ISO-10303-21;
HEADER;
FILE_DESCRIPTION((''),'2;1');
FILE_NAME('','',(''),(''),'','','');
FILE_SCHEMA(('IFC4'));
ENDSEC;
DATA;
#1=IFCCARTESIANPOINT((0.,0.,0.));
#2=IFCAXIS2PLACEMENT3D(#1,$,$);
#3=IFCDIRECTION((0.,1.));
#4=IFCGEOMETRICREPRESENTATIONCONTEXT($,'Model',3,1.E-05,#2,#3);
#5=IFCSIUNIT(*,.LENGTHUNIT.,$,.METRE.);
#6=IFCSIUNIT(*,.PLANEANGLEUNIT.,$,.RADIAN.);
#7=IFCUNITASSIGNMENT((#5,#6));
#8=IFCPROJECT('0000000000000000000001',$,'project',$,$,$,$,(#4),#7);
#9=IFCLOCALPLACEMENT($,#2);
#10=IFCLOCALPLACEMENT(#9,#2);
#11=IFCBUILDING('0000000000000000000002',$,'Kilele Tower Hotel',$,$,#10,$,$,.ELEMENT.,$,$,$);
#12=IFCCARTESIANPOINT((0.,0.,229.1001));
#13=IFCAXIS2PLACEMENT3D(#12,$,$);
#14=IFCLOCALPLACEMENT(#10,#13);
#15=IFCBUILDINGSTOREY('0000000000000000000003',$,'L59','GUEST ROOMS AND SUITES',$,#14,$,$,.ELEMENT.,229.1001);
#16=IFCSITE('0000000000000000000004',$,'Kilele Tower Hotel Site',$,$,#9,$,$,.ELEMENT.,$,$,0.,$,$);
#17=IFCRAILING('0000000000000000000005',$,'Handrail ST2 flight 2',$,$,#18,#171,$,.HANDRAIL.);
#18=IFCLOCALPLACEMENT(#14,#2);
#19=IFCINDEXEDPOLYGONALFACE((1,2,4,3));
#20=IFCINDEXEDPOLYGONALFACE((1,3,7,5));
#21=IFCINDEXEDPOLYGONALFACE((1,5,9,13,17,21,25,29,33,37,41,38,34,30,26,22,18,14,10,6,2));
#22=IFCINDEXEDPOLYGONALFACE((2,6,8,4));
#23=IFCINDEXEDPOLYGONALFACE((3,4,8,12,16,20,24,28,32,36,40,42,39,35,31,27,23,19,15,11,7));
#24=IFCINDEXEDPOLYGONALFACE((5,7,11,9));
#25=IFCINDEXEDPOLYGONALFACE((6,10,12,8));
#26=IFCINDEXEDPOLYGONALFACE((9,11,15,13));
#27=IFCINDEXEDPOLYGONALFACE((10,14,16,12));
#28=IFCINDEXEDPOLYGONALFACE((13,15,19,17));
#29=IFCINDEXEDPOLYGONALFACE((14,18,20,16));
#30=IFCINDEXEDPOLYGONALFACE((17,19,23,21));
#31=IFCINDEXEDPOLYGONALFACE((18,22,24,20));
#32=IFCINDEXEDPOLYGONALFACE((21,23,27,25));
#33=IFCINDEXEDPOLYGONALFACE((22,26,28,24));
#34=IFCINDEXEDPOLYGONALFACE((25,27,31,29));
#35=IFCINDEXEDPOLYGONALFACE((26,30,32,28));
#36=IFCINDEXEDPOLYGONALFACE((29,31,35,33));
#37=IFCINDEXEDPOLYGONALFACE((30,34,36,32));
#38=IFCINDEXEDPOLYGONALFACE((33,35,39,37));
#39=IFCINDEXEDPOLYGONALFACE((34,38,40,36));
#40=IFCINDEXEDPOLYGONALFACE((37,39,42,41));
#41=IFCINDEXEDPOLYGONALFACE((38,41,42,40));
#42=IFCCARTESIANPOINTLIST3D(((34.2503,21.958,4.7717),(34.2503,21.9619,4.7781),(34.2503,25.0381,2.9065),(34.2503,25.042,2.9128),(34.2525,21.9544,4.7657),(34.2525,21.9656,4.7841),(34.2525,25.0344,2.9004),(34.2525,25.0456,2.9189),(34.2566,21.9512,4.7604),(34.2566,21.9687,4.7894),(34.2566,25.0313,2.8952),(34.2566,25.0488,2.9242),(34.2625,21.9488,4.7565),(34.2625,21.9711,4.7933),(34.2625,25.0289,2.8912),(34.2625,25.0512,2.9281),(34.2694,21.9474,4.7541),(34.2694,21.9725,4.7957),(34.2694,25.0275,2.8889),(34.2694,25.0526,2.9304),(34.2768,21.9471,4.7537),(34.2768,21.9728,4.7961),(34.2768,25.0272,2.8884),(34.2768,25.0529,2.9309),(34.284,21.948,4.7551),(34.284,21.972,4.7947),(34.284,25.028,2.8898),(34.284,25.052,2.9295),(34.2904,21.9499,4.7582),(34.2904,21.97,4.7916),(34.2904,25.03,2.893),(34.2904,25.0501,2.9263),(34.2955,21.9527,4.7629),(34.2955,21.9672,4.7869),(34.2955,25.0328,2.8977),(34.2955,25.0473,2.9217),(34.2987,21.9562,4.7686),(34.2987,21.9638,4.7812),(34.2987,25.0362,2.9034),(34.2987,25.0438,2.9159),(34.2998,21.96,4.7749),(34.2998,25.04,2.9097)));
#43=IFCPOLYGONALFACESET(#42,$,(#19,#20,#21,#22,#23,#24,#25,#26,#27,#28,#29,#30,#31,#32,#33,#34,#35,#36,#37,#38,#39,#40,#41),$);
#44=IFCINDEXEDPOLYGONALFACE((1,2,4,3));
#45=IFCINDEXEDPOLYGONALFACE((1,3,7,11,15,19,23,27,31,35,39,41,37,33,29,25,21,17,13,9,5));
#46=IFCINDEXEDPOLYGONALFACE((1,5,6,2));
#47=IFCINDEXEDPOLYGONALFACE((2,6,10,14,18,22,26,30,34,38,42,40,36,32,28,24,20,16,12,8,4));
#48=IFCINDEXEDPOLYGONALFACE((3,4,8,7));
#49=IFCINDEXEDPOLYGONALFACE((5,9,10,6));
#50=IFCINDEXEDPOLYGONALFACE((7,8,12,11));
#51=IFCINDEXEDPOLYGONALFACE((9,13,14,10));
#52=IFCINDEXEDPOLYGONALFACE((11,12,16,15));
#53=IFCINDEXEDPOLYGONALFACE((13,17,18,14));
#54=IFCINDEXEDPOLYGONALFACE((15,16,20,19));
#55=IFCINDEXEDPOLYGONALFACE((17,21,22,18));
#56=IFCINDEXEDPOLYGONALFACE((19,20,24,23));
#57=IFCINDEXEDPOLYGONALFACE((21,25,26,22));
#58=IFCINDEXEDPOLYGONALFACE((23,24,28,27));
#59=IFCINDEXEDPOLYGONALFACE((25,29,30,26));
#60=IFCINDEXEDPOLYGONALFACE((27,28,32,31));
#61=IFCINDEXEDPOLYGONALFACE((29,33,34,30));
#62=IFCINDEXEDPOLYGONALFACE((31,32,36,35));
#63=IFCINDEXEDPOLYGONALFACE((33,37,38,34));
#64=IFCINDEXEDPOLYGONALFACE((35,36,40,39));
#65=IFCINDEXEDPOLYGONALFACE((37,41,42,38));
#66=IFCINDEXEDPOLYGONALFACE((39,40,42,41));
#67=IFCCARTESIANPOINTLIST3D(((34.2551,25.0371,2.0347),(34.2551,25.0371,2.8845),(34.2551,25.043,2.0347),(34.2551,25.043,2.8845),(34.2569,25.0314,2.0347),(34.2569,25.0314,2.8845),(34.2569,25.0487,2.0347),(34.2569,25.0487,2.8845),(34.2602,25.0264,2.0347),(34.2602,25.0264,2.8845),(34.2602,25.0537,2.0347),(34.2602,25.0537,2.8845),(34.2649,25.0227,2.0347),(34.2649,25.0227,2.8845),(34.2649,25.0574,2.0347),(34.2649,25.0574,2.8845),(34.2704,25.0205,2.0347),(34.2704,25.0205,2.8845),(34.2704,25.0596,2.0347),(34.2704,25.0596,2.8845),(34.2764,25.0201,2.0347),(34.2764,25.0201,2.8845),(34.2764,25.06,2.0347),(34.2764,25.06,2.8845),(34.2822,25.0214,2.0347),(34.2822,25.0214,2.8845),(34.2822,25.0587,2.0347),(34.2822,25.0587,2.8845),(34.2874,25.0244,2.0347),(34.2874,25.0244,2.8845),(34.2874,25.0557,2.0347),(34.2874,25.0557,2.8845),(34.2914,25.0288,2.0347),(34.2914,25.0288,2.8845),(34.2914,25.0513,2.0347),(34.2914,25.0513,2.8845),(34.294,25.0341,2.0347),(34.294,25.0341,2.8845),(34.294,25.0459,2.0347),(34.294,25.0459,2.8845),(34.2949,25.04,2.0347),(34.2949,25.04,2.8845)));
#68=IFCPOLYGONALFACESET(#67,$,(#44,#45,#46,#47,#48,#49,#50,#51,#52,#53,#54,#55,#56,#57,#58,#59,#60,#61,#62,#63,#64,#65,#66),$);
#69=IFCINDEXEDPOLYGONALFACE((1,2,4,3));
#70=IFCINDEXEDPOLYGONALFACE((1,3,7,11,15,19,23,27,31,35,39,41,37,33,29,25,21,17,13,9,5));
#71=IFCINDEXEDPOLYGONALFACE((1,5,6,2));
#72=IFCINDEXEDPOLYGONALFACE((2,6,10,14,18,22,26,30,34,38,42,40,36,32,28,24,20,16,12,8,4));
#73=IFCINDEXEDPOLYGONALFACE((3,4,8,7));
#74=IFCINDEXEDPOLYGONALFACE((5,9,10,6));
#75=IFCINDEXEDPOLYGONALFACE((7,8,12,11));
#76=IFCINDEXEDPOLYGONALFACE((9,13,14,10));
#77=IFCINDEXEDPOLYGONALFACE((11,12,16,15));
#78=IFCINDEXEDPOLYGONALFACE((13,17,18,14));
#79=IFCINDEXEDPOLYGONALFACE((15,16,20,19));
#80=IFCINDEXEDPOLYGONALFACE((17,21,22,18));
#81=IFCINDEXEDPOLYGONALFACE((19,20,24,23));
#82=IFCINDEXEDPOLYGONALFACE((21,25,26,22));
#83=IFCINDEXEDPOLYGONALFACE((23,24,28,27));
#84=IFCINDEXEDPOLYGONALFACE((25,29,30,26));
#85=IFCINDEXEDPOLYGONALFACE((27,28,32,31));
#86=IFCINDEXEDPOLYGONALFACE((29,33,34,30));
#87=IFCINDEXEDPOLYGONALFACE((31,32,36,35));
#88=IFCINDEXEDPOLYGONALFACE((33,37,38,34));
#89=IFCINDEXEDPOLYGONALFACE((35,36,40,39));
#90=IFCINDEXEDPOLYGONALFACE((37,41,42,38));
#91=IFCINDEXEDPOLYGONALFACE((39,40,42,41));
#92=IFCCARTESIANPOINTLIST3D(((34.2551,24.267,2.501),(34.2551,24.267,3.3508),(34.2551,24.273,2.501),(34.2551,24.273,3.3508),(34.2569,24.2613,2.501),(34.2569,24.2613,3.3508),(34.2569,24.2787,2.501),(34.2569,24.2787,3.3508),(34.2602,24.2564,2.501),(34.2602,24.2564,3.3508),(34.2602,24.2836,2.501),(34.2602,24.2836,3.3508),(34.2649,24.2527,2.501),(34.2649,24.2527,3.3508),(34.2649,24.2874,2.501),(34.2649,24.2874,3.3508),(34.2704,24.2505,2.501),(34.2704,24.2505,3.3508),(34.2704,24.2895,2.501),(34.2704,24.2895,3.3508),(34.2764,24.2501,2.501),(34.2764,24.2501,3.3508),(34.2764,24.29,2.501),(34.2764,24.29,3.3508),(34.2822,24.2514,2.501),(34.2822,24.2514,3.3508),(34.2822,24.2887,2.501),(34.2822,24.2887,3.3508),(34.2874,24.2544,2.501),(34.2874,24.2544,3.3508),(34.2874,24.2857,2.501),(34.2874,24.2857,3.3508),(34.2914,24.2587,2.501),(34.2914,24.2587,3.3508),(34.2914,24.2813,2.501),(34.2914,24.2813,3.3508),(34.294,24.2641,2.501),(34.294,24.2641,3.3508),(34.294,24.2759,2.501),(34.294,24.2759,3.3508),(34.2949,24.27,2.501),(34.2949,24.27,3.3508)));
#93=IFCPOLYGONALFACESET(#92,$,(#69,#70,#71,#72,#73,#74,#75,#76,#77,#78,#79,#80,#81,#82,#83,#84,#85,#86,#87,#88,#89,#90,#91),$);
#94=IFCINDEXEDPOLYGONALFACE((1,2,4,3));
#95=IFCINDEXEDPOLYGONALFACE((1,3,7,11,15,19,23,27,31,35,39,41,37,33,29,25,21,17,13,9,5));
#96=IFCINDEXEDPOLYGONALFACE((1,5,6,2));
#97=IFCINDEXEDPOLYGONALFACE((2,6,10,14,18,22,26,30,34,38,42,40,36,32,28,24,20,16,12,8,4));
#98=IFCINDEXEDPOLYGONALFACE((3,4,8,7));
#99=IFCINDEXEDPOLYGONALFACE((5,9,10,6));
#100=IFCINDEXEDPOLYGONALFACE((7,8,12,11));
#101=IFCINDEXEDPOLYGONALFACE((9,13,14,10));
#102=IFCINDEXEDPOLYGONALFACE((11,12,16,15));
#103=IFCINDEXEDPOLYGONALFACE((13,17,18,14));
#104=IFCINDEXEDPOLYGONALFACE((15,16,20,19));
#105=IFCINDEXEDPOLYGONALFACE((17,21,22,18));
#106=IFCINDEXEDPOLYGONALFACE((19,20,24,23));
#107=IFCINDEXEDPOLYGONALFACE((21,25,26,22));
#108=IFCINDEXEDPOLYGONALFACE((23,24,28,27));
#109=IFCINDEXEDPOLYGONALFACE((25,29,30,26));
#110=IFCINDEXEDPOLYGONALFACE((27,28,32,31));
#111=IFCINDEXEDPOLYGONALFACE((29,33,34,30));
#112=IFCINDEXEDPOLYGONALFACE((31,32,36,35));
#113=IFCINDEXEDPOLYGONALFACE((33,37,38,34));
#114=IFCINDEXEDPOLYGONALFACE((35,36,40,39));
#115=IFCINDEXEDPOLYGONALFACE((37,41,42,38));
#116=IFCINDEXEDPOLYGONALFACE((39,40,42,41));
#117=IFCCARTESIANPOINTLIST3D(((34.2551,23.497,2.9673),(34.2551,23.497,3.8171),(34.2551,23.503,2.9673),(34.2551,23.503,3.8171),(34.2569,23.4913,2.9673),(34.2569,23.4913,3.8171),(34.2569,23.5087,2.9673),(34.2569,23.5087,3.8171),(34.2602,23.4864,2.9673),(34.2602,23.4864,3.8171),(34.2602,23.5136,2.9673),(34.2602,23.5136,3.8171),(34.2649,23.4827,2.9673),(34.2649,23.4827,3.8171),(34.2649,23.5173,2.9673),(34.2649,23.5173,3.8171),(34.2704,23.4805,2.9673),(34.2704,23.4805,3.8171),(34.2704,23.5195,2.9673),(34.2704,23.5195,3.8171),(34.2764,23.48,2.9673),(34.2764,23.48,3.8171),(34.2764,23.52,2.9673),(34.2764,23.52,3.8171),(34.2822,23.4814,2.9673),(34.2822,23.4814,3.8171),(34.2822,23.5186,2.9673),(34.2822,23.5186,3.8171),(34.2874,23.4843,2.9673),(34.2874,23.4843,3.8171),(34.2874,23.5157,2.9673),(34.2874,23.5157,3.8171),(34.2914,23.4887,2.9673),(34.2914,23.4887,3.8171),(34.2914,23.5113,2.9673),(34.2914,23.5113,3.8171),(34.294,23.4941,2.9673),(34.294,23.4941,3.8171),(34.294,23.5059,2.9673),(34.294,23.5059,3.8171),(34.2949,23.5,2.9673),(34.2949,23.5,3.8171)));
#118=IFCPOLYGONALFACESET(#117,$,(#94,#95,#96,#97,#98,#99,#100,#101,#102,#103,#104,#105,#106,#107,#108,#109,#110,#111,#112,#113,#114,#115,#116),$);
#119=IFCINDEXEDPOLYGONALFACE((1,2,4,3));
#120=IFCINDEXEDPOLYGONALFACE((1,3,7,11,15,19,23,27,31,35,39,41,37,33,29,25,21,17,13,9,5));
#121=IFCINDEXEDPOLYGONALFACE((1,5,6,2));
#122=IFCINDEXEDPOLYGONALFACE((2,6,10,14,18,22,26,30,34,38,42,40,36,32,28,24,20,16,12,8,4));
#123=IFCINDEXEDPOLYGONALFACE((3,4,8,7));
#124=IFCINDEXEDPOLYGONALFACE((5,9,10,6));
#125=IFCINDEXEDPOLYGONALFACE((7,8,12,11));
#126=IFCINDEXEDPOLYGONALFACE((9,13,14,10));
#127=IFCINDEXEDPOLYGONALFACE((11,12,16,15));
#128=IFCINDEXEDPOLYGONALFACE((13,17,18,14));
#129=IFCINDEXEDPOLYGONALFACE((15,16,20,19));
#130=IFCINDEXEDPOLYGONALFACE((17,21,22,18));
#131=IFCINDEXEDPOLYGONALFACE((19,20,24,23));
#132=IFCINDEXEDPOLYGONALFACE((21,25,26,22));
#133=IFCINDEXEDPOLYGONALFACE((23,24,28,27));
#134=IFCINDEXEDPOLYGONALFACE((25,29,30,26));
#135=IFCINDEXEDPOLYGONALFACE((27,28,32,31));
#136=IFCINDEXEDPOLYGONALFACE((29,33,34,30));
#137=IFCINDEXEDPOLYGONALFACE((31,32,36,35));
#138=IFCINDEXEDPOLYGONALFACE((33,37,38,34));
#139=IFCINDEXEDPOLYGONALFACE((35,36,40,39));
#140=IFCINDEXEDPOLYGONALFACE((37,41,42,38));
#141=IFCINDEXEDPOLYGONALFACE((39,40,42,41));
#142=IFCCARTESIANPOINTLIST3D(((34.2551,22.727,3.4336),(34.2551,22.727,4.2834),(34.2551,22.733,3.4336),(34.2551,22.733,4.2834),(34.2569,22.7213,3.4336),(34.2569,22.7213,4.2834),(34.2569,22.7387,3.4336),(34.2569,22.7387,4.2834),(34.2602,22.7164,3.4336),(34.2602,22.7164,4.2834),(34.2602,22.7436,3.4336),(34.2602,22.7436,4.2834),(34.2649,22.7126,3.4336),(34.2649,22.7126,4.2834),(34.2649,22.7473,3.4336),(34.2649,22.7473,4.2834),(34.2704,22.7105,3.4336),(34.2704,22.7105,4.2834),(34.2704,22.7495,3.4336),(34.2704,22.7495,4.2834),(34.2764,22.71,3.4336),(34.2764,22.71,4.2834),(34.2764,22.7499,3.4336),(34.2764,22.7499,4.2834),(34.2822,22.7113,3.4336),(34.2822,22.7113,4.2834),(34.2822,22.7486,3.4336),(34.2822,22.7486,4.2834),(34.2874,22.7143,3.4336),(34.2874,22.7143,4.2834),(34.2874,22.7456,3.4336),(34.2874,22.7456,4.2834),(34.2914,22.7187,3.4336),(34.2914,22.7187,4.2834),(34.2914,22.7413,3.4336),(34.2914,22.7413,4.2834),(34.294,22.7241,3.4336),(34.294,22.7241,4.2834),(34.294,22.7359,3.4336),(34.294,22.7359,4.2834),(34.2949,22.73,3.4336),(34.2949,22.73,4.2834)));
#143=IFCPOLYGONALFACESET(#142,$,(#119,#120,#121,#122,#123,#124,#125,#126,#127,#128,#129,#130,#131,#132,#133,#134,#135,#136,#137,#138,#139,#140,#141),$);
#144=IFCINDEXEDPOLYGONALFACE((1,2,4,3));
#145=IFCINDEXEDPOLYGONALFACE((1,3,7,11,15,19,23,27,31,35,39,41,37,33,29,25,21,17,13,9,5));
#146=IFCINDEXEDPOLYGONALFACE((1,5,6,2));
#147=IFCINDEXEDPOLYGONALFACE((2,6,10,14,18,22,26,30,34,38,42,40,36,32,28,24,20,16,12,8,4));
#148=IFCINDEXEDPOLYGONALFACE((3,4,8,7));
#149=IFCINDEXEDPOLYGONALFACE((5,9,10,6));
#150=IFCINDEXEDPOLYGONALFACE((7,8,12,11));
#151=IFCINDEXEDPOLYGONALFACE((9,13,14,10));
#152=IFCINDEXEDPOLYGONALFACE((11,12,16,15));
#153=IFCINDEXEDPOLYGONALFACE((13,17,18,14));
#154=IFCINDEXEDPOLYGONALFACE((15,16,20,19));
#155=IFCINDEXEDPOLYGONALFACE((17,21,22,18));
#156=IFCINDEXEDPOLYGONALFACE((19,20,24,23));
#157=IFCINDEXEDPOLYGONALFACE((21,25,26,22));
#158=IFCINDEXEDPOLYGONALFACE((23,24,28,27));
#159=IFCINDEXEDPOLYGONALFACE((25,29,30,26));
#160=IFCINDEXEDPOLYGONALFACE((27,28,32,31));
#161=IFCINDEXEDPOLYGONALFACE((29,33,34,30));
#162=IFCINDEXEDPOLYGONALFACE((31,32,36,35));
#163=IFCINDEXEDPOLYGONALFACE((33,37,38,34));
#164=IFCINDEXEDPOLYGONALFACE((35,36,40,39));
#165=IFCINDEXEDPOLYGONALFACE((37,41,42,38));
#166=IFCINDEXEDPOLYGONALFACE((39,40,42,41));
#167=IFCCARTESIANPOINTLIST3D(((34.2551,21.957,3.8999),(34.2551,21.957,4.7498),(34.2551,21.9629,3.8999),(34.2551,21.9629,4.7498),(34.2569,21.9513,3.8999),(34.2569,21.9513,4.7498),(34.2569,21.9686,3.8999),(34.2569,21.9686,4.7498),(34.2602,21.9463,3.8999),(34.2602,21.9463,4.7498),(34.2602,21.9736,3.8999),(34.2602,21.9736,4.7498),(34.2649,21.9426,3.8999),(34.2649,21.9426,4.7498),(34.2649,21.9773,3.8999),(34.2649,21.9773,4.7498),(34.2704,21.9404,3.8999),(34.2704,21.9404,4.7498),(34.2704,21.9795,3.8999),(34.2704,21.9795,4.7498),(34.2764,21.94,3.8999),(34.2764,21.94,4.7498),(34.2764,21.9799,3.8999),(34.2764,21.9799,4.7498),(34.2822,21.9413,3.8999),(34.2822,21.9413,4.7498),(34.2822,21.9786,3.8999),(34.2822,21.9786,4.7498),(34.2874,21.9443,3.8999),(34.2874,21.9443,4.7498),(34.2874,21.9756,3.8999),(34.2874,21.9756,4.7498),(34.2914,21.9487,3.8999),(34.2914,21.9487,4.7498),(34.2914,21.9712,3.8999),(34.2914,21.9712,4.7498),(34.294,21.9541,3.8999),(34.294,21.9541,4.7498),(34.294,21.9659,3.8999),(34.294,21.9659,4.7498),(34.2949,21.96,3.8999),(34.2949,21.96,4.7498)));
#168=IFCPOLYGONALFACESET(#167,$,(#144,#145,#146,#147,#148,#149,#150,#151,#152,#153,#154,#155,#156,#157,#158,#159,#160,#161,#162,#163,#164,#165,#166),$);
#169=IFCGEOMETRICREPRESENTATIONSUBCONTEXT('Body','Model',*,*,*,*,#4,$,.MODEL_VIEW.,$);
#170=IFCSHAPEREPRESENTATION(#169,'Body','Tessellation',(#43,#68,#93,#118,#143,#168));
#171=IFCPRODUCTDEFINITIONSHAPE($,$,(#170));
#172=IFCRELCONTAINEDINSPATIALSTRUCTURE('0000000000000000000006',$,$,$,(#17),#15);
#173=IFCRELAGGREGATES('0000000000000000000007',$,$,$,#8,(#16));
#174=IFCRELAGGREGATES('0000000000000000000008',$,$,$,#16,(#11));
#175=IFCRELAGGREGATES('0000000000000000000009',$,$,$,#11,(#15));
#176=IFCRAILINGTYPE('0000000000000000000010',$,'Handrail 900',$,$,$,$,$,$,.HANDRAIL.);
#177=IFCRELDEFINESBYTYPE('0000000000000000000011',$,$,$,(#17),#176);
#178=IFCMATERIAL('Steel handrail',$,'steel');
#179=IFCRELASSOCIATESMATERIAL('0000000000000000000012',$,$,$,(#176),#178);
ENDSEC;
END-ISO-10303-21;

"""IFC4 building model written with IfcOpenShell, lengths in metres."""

from ifc_helpers import new_model, si_unit, direction, frame, origin, origin_2d, place, context, subcontext, project, spatial, circle, extrude, material, type_object, element, save


model = new_model("IFC4")

# Units and contexts
model_context = context("Model", 3, precision=1e-05, world=origin(), true_north=direction((0.0, 1.0)))
body_context = subcontext(model_context, "Body", "Model", "MODEL_VIEW")
ifc_project = project(units=[si_unit("LENGTHUNIT", "METRE"), si_unit("PLANEANGLEUNIT", "RADIAN")], contexts=[model_context])

# Site, building, storey
site_placement = place(None, origin())
site = spatial("IfcSite", under=ifc_project, at=site_placement, Name="Kilele Tower Hotel Site", CompositionType="ELEMENT", RefElevation=0.0)
building_placement = place(site_placement, origin())
building = spatial("IfcBuilding", under=site, at=building_placement, Name="Kilele Tower Hotel", CompositionType="ELEMENT")
storey_placement = place(building_placement, frame((0.0, 0.0, 229.1001)))
storey = spatial("IfcBuildingStorey", under=building, at=storey_placement, Name="L59", Description="GUEST ROOMS AND SUITES", CompositionType="ELEMENT", Elevation=229.1001)

# Railing
ifc_material_1 = material(Name="Steel handrail", Category="steel")
railing_type_1 = type_object("IfcRailingType", Name="Handrail 900", PredefinedType="HANDRAIL", material=ifc_material_1)
for number, where, name in (
    (1, (34.2749, 25.04, 2.0347), "Handrail ST2 flight 2"),
):
    element("IfcRailing", number, at=place(storey_placement, frame(where)), inside=storey, type_object=railing_type_1, Name=name, PredefinedType="HANDRAIL", context=body_context, shape_type="SweptSolid", body=[
        extrude(circle(Radius=0.0249, at=origin_2d()), frame((0.0, 0.0, 0.875), z_axis=(0.0, -0.85538, 0.518001), x_axis=(1.0, 0.0, 0.0)), (0.0, 0.0, 1.0), 3.6008),
        extrude(circle(Radius=0.02, at=origin_2d()), origin(), (0.0, 0.0, 1.0), 0.8499),
        extrude(circle(Radius=0.02, at=origin_2d()), frame((0.0, -0.77, 0.4663)), (0.0, 0.0, 1.0), 0.8499),
        extrude(circle(Radius=0.02, at=origin_2d()), frame((0.0, -1.54, 0.9326)), (0.0, 0.0, 1.0), 0.8499),
        extrude(circle(Radius=0.02, at=origin_2d()), frame((0.0, -2.3101, 1.3989)), (0.0, 0.0, 1.0), 0.8499),
        extrude(circle(Radius=0.02, at=origin_2d()), frame((0.0, -3.0801, 1.8652)), (0.0, 0.0, 1.0), 0.8499),
    ])

save(model, "model.ifc")
